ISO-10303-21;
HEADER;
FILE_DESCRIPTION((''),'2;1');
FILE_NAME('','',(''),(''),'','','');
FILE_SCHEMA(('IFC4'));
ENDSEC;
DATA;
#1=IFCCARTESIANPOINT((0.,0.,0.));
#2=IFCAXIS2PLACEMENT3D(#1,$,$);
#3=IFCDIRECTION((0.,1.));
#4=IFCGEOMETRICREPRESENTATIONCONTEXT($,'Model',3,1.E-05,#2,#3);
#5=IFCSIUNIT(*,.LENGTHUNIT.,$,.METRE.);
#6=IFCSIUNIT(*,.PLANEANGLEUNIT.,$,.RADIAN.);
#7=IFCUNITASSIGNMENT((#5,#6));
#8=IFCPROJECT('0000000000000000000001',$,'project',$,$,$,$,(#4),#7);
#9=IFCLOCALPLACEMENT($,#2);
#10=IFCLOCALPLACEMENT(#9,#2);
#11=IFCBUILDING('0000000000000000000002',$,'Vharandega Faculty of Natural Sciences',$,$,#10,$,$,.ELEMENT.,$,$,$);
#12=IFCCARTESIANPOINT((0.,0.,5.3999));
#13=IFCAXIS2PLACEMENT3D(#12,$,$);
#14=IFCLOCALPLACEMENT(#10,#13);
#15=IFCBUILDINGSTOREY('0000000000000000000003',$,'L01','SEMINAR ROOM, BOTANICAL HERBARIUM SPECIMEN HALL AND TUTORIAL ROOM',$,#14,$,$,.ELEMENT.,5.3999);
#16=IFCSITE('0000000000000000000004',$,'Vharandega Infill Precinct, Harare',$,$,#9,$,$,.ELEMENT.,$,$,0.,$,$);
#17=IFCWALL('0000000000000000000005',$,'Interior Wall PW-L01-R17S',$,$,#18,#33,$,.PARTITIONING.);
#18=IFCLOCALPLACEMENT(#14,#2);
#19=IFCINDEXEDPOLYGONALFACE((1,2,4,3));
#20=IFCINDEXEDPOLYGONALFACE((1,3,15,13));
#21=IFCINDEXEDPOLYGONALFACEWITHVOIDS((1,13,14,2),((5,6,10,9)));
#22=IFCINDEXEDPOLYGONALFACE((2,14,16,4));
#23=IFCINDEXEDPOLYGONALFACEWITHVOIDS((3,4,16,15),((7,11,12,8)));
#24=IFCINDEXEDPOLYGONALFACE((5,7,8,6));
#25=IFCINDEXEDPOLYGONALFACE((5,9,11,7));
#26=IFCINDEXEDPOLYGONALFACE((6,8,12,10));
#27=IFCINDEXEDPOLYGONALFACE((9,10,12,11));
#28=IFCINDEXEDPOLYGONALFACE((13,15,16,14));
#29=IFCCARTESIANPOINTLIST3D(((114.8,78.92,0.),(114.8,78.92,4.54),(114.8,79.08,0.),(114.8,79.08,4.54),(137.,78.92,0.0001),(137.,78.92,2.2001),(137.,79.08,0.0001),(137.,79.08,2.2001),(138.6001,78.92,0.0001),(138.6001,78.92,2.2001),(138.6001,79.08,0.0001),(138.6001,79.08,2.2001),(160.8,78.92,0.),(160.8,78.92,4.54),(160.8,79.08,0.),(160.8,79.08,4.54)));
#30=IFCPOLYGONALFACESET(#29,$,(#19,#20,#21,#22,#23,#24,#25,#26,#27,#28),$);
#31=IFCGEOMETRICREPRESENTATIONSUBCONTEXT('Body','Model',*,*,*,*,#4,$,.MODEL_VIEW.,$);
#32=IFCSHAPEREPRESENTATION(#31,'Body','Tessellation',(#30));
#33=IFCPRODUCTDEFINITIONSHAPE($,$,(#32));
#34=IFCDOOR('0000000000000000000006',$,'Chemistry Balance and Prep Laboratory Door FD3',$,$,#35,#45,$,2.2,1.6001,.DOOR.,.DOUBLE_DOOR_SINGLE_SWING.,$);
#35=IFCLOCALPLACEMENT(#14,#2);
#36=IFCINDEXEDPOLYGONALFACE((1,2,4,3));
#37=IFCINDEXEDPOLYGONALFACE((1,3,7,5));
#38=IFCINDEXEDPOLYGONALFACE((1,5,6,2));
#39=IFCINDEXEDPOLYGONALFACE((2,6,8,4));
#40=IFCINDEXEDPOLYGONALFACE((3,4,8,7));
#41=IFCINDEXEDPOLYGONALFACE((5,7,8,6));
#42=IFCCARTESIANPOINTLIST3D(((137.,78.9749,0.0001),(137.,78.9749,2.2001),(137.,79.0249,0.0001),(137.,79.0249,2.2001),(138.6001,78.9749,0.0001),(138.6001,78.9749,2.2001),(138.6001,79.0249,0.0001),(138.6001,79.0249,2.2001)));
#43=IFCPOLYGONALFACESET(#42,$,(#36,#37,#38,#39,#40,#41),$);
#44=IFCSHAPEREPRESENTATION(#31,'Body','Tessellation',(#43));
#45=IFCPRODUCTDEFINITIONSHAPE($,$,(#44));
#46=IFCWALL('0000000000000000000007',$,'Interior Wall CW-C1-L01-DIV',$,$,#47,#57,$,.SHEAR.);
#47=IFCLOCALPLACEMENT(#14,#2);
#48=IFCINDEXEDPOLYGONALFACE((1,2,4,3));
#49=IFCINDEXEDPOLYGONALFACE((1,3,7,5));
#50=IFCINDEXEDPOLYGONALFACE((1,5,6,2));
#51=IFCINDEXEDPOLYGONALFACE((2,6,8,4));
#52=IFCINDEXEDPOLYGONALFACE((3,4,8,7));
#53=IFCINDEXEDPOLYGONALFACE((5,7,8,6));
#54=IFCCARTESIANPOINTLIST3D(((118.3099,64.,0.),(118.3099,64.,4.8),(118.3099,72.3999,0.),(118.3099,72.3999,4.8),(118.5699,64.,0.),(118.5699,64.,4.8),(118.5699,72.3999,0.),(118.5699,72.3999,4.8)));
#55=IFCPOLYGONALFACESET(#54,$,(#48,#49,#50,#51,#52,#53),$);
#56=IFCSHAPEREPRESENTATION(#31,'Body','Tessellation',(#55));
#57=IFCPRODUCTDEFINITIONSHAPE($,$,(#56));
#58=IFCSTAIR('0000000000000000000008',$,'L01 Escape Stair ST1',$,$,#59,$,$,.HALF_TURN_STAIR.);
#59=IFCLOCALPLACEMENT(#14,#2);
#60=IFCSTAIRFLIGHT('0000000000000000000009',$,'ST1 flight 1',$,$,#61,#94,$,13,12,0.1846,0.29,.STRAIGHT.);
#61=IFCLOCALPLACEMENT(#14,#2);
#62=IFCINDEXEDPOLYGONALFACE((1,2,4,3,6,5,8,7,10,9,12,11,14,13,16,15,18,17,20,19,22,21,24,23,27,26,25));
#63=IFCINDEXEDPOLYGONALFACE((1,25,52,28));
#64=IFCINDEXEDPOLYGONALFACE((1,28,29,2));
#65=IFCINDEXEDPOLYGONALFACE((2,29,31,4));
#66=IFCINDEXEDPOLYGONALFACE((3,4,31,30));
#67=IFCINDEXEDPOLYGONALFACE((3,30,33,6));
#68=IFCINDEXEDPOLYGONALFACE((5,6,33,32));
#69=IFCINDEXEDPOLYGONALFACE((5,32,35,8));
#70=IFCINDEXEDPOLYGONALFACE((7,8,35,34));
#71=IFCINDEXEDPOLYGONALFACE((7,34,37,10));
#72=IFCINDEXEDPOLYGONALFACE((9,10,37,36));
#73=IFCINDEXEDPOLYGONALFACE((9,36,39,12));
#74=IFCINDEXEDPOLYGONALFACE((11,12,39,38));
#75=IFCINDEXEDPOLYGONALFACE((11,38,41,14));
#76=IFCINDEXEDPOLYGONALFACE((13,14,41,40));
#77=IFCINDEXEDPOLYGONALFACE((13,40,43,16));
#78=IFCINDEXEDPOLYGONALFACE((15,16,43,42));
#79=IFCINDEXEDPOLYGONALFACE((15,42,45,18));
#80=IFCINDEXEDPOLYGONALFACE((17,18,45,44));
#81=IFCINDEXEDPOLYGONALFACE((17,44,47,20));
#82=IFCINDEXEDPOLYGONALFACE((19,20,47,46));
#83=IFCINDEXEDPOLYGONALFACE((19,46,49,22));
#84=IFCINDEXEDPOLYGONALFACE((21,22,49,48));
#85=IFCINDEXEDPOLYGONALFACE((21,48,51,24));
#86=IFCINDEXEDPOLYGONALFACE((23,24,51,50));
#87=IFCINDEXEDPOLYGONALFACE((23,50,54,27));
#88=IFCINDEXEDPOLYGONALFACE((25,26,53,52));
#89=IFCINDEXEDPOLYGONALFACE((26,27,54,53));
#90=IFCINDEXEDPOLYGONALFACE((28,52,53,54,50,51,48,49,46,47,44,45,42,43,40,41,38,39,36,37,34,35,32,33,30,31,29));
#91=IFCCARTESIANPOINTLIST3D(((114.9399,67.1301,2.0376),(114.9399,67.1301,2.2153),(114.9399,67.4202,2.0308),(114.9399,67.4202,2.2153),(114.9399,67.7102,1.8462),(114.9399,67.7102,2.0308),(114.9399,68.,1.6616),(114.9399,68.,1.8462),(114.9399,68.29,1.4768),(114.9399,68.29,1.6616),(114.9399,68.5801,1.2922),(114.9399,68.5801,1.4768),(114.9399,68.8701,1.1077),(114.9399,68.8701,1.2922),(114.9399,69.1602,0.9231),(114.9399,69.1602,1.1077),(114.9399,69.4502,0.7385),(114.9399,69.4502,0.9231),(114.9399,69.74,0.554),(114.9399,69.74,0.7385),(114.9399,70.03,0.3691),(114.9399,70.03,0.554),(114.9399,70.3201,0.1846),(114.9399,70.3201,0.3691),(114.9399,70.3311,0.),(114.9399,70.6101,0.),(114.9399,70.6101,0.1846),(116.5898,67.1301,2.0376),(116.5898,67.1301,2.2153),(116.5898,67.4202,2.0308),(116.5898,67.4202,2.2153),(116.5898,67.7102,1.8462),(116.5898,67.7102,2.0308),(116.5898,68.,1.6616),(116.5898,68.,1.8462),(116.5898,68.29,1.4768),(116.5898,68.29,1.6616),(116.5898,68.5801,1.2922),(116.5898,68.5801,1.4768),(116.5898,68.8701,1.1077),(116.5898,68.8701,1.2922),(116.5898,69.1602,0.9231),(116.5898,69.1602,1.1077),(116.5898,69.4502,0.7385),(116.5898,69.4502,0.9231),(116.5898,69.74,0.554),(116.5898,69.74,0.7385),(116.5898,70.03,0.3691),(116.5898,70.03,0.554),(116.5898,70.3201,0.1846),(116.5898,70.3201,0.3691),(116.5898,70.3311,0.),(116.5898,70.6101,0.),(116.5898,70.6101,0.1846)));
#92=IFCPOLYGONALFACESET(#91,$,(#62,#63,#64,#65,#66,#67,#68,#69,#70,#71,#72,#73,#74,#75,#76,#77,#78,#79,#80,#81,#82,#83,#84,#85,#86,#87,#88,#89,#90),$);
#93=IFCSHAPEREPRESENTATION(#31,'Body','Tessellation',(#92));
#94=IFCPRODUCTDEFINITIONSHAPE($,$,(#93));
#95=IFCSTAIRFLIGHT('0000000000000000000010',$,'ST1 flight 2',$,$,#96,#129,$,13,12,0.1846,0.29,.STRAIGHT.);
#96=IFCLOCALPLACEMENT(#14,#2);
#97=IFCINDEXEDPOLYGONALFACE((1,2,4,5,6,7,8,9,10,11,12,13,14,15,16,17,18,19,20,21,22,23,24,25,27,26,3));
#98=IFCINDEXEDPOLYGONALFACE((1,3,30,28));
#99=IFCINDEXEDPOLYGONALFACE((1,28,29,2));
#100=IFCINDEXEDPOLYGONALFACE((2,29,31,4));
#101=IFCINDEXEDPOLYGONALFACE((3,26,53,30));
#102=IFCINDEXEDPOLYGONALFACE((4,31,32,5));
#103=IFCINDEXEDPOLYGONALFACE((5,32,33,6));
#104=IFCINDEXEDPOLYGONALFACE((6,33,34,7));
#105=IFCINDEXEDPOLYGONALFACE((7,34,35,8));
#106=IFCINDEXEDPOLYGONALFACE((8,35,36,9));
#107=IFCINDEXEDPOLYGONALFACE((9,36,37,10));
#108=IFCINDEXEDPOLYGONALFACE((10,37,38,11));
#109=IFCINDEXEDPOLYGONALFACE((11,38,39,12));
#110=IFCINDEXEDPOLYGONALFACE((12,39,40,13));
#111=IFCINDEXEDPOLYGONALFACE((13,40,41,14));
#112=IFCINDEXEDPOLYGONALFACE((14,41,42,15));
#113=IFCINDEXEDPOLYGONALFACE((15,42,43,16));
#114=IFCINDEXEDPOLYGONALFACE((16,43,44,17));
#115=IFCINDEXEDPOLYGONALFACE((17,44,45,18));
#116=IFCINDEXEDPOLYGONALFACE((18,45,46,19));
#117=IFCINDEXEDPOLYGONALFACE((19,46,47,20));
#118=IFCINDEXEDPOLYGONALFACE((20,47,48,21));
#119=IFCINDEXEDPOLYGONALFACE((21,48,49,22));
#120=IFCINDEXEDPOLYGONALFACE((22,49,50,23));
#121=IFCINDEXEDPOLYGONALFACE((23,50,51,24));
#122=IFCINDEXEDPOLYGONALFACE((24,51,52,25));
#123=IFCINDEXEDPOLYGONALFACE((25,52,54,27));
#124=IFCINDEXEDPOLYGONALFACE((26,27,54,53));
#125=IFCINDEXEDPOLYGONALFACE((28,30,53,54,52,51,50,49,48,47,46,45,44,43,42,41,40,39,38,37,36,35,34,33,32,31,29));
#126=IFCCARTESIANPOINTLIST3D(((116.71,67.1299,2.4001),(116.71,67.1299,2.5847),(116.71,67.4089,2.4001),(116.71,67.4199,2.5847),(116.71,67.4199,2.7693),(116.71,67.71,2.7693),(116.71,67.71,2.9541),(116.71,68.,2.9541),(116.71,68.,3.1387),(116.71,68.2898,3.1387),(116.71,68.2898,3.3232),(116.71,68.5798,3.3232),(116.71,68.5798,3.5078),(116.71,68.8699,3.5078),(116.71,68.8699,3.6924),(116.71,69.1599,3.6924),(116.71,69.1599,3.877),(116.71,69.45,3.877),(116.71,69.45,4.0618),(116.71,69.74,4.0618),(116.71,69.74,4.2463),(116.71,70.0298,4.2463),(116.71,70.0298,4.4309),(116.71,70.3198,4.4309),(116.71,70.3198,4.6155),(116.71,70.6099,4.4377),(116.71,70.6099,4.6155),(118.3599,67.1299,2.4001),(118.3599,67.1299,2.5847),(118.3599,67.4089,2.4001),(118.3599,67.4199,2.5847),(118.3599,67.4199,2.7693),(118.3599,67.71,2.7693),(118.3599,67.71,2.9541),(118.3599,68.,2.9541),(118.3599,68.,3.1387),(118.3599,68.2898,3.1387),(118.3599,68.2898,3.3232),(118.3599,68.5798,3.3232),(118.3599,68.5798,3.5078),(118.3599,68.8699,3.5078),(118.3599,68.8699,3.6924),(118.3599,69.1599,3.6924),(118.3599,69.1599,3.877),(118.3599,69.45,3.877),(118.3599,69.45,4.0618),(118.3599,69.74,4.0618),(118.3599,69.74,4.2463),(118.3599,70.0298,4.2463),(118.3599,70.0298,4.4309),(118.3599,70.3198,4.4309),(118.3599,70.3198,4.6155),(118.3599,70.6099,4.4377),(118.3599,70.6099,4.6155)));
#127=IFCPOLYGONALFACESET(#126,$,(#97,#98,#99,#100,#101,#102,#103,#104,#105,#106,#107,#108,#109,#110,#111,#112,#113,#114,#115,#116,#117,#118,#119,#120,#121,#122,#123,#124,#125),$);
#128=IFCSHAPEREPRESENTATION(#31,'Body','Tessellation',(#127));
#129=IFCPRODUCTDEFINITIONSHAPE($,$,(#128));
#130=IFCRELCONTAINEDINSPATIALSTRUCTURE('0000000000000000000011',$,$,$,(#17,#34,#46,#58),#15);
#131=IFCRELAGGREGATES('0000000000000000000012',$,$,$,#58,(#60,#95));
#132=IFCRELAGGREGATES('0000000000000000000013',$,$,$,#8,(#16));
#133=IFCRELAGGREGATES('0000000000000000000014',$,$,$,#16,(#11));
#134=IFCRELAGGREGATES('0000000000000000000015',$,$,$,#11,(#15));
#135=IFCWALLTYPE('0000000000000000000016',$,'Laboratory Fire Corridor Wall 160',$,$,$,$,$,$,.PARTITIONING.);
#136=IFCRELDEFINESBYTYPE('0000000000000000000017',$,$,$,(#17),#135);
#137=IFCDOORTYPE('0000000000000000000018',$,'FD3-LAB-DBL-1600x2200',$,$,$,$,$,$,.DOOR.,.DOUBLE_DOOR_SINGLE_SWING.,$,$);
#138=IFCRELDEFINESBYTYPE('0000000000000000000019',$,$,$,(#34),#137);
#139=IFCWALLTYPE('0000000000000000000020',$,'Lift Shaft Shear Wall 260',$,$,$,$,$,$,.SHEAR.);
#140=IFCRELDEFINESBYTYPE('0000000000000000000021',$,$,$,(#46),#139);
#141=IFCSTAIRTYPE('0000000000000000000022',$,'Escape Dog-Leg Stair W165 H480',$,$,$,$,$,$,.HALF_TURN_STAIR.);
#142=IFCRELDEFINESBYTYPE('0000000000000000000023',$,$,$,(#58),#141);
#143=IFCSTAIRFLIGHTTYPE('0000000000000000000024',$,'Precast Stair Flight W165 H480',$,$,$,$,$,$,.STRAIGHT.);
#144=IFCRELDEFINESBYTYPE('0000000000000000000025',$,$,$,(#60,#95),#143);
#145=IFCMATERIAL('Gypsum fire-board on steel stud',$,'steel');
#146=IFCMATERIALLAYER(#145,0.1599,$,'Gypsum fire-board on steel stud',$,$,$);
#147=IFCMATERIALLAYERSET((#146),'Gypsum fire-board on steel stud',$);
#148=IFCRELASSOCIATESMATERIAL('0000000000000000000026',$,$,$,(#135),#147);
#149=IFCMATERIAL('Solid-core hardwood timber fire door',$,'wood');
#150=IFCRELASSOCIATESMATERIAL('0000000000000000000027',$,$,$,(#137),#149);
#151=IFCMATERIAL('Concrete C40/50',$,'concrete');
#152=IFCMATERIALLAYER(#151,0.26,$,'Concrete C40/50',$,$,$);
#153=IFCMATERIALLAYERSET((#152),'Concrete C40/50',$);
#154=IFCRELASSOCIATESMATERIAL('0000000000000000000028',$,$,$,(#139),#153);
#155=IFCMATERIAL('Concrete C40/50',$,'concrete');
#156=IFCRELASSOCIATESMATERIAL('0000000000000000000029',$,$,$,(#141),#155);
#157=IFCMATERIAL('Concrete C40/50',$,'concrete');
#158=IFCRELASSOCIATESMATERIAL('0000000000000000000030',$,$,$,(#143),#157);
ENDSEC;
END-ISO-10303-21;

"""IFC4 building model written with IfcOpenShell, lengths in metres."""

from ifc_helpers import new_model, si_unit, direction, frame, frame_2d, origin, place, context, subcontext, project, spatial, polyline, rectangle, outline, extrude, material, layer, layer_set, type_object, element, fill, aggregate, save


model = new_model("IFC4")

# Units and contexts
model_context = context("Model", 3, precision=1e-05, world=origin(), true_north=direction((0.0, 1.0)))
body_context = subcontext(model_context, "Body", "Model", "MODEL_VIEW")
ifc_project = project(units=[si_unit("LENGTHUNIT", "METRE"), si_unit("PLANEANGLEUNIT", "RADIAN")], contexts=[model_context])

# Site, building, storey
site_placement = place(None, origin())
site = spatial("IfcSite", under=ifc_project, at=site_placement, Name="Vharandega Infill Precinct, Harare", CompositionType="ELEMENT", RefElevation=0.0)
building_placement = place(site_placement, origin())
building = spatial("IfcBuilding", under=site, at=building_placement, Name="Vharandega Faculty of Natural Sciences", CompositionType="ELEMENT")
storey_placement = place(building_placement, frame((0.0, 0.0, 5.3999)))
storey = spatial("IfcBuildingStorey", under=building, at=storey_placement, Name="L01", Description="SEMINAR ROOM, BOTANICAL HERBARIUM SPECIMEN HALL AND TUTORIAL ROOM", CompositionType="ELEMENT", Elevation=5.3999)

# Wall, opening, door
ifc_material_1 = material(Name="Gypsum fire-board on steel stud", Category="steel")
ifc_layer_1 = layer(ifc_material_1, 0.1599, Name="Gypsum fire-board on steel stud")
ifc_layer_set_1 = layer_set([ifc_layer_1], Name="Gypsum fire-board on steel stud")
wall_type_1 = type_object("IfcWallType", Name="Laboratory Fire Corridor Wall 160", PredefinedType="PARTITIONING", material=ifc_layer_set_1)
wall_1_placement = place(storey_placement, frame((114.8, 79.0, 0.0), z_axis=(0.0, 0.0, 1.0), x_axis=(1.0, 0.0, 0.0)))
wall_1 = element("IfcWall", 1, at=wall_1_placement, inside=storey, type_object=wall_type_1, Name="Interior Wall PW-L01-R17S", PredefinedType="PARTITIONING", context=body_context, shape_type="SweptSolid", body=[
    extrude(rectangle(XDim=46.0, YDim=0.1599, at=frame_2d((23.0, 0.0))), origin(), (0.0, 0.0, 1.0), 4.54),
])
opening_1_placement = place(wall_1_placement, frame((22.2, 0.0, 0.0)))
opening_1 = element("IfcOpeningElement", 2, at=opening_1_placement, cuts=wall_1, PredefinedType="OPENING", context=body_context, shape_type="SweptSolid", body=[
    extrude(rectangle(XDim=1.6001, YDim=2.2, at=frame_2d((0.8, 1.1001))), frame((0.0, 0.0898, 0.0), z_axis=(0.0, -1.0, 0.0), x_axis=(1.0, 0.0, 0.0)), (0.0, 0.0, 1.0), 0.1799),
])
ifc_material_2 = material(Name="Solid-core hardwood timber fire door", Category="wood")
door_type_1 = type_object("IfcDoorType", Name="FD3-LAB-DBL-1600x2200", OperationType="DOUBLE_DOOR_SINGLE_SWING", PredefinedType="DOOR", material=ifc_material_2)
door_1_placement = place(opening_1_placement, origin())
door_1 = element("IfcDoor", 3, at=door_1_placement, inside=storey, type_object=door_type_1, Name="Chemistry Balance and Prep Laboratory Door FD3", OperationType="DOUBLE_DOOR_SINGLE_SWING", OverallHeight=2.2, OverallWidth=1.6001, PredefinedType="DOOR", context=body_context, shape_type="SweptSolid", body=[
    extrude(rectangle(XDim=1.6001, YDim=2.2, at=frame_2d((0.8, 1.1001))), frame((0.0, 0.0249, 0.0), z_axis=(0.0, -1.0, 0.0), x_axis=(1.0, 0.0, 0.0)), (0.0, 0.0, 1.0), 0.05),
])
fill(opening_1, door_1)

# Wall
ifc_material_3 = material(Name="Concrete C40/50", Category="concrete")
ifc_layer_2 = layer(ifc_material_3, 0.26, Name="Concrete C40/50")
ifc_layer_set_2 = layer_set([ifc_layer_2], Name="Concrete C40/50")
wall_type_2 = type_object("IfcWallType", Name="Lift Shaft Shear Wall 260", PredefinedType="SHEAR", material=ifc_layer_set_2)
wall_2_placement = place(storey_placement, frame((118.4399, 64.0, 0.0), z_axis=(0.0, 0.0, 1.0), x_axis=(0.0, 1.0, 0.0)))
element("IfcWall", 4, at=wall_2_placement, inside=storey, type_object=wall_type_2, Name="Interior Wall CW-C1-L01-DIV", PredefinedType="SHEAR", context=body_context, shape_type="SweptSolid", body=[
    extrude(rectangle(XDim=8.3999, YDim=0.26, at=frame_2d((4.2, 0.0))), origin(), (0.0, 0.0, 1.0), 4.8),
])

# Stair, stair flights
ifc_material_4 = material(Name="Concrete C40/50", Category="concrete")
stair_type = type_object("IfcStairType", Name="Escape Dog-Leg Stair W165 H480", PredefinedType="HALF_TURN_STAIR", material=ifc_material_4)
stair_placement = place(storey_placement, origin())
stair = element("IfcStair", 5, at=stair_placement, inside=storey, type_object=stair_type, Name="L01 Escape Stair ST1", PredefinedType="HALF_TURN_STAIR")
ifc_material_5 = material(Name="Concrete C40/50", Category="concrete")
stair_flight_type = type_object("IfcStairFlightType", Name="Precast Stair Flight W165 H480", PredefinedType="STRAIGHT", material=ifc_material_5)
stair_flight_1_placement = place(storey_placement, frame((115.7649, 70.6101, 0.0), z_axis=(0.0, 0.0, 1.0), x_axis=(0.0, -1.0, 0.0)))
stair_flight_1 = element("IfcStairFlight", 6, at=stair_flight_1_placement, type_object=stair_flight_type, Name="ST1 flight 1", NumberOfRisers=13, NumberOfTreads=12, PredefinedType="STRAIGHT", RiserHeight=0.1846, TreadLength=0.29, context=body_context, shape_type="SweptSolid", body=[
    extrude(outline(polyline([(0.0, 0.0), (0.0, 0.1846), (0.29, 0.1846), (0.29, 0.3691), (0.5801, 0.3691), (0.5801, 0.554), (0.8701, 0.554), (0.8701, 0.7385), (1.1599, 0.7385), (1.1599, 0.9231), (1.45, 0.9231), (1.45, 1.1077), (1.74, 1.1077), (1.74, 1.2922), (2.03, 1.2922), (2.03, 1.4768), (2.3201, 1.4768), (2.3201, 1.6616), (2.6101, 1.6616), (2.6101, 1.8462), (2.8999, 1.8462), (2.8999, 2.0308), (3.1899, 2.0308), (3.1899, 2.2153), (3.48, 2.2153), (3.48, 2.3999), (3.48, 2.0376), (0.2791, 0.0), (0.0, 0.0)])), frame((0.0, 0.825, 0.0), z_axis=(0.0, -1.0, 0.0), x_axis=(1.0, 0.0, 0.0)), (0.0, 0.0, 1.0), 1.6499),
])
stair_flight_2_placement = place(storey_placement, frame((117.5349, 67.1299, 2.4001), z_axis=(0.0, 0.0, 1.0), x_axis=(0.0, 1.0, 0.0)))
stair_flight_2 = element("IfcStairFlight", 7, at=stair_flight_2_placement, type_object=stair_flight_type, Name="ST1 flight 2", NumberOfRisers=13, NumberOfTreads=12, PredefinedType="STRAIGHT", RiserHeight=0.1846, TreadLength=0.29, context=body_context, shape_type="SweptSolid", body=[
    extrude(outline(polyline([(0.0, 0.0), (0.0, 0.1846), (0.29, 0.1846), (0.29, 0.3691), (0.5801, 0.3691), (0.5801, 0.554), (0.8701, 0.554), (0.8701, 0.7385), (1.1599, 0.7385), (1.1599, 0.9231), (1.45, 0.9231), (1.45, 1.1077), (1.74, 1.1077), (1.74, 1.2922), (2.03, 1.2922), (2.03, 1.4768), (2.3201, 1.4768), (2.3201, 1.6616), (2.6101, 1.6616), (2.6101, 1.8462), (2.8999, 1.8462), (2.8999, 2.0308), (3.1899, 2.0308), (3.1899, 2.2153), (3.48, 2.2153), (3.48, 2.3999), (3.48, 2.0376), (0.2791, 0.0), (0.0, 0.0)])), frame((0.0, 0.825, 0.0), z_axis=(0.0, -1.0, 0.0), x_axis=(1.0, 0.0, 0.0)), (0.0, 0.0, 1.0), 1.6499),
])
aggregate(stair, [stair_flight_1, stair_flight_2])

save(model, "model.ifc")
